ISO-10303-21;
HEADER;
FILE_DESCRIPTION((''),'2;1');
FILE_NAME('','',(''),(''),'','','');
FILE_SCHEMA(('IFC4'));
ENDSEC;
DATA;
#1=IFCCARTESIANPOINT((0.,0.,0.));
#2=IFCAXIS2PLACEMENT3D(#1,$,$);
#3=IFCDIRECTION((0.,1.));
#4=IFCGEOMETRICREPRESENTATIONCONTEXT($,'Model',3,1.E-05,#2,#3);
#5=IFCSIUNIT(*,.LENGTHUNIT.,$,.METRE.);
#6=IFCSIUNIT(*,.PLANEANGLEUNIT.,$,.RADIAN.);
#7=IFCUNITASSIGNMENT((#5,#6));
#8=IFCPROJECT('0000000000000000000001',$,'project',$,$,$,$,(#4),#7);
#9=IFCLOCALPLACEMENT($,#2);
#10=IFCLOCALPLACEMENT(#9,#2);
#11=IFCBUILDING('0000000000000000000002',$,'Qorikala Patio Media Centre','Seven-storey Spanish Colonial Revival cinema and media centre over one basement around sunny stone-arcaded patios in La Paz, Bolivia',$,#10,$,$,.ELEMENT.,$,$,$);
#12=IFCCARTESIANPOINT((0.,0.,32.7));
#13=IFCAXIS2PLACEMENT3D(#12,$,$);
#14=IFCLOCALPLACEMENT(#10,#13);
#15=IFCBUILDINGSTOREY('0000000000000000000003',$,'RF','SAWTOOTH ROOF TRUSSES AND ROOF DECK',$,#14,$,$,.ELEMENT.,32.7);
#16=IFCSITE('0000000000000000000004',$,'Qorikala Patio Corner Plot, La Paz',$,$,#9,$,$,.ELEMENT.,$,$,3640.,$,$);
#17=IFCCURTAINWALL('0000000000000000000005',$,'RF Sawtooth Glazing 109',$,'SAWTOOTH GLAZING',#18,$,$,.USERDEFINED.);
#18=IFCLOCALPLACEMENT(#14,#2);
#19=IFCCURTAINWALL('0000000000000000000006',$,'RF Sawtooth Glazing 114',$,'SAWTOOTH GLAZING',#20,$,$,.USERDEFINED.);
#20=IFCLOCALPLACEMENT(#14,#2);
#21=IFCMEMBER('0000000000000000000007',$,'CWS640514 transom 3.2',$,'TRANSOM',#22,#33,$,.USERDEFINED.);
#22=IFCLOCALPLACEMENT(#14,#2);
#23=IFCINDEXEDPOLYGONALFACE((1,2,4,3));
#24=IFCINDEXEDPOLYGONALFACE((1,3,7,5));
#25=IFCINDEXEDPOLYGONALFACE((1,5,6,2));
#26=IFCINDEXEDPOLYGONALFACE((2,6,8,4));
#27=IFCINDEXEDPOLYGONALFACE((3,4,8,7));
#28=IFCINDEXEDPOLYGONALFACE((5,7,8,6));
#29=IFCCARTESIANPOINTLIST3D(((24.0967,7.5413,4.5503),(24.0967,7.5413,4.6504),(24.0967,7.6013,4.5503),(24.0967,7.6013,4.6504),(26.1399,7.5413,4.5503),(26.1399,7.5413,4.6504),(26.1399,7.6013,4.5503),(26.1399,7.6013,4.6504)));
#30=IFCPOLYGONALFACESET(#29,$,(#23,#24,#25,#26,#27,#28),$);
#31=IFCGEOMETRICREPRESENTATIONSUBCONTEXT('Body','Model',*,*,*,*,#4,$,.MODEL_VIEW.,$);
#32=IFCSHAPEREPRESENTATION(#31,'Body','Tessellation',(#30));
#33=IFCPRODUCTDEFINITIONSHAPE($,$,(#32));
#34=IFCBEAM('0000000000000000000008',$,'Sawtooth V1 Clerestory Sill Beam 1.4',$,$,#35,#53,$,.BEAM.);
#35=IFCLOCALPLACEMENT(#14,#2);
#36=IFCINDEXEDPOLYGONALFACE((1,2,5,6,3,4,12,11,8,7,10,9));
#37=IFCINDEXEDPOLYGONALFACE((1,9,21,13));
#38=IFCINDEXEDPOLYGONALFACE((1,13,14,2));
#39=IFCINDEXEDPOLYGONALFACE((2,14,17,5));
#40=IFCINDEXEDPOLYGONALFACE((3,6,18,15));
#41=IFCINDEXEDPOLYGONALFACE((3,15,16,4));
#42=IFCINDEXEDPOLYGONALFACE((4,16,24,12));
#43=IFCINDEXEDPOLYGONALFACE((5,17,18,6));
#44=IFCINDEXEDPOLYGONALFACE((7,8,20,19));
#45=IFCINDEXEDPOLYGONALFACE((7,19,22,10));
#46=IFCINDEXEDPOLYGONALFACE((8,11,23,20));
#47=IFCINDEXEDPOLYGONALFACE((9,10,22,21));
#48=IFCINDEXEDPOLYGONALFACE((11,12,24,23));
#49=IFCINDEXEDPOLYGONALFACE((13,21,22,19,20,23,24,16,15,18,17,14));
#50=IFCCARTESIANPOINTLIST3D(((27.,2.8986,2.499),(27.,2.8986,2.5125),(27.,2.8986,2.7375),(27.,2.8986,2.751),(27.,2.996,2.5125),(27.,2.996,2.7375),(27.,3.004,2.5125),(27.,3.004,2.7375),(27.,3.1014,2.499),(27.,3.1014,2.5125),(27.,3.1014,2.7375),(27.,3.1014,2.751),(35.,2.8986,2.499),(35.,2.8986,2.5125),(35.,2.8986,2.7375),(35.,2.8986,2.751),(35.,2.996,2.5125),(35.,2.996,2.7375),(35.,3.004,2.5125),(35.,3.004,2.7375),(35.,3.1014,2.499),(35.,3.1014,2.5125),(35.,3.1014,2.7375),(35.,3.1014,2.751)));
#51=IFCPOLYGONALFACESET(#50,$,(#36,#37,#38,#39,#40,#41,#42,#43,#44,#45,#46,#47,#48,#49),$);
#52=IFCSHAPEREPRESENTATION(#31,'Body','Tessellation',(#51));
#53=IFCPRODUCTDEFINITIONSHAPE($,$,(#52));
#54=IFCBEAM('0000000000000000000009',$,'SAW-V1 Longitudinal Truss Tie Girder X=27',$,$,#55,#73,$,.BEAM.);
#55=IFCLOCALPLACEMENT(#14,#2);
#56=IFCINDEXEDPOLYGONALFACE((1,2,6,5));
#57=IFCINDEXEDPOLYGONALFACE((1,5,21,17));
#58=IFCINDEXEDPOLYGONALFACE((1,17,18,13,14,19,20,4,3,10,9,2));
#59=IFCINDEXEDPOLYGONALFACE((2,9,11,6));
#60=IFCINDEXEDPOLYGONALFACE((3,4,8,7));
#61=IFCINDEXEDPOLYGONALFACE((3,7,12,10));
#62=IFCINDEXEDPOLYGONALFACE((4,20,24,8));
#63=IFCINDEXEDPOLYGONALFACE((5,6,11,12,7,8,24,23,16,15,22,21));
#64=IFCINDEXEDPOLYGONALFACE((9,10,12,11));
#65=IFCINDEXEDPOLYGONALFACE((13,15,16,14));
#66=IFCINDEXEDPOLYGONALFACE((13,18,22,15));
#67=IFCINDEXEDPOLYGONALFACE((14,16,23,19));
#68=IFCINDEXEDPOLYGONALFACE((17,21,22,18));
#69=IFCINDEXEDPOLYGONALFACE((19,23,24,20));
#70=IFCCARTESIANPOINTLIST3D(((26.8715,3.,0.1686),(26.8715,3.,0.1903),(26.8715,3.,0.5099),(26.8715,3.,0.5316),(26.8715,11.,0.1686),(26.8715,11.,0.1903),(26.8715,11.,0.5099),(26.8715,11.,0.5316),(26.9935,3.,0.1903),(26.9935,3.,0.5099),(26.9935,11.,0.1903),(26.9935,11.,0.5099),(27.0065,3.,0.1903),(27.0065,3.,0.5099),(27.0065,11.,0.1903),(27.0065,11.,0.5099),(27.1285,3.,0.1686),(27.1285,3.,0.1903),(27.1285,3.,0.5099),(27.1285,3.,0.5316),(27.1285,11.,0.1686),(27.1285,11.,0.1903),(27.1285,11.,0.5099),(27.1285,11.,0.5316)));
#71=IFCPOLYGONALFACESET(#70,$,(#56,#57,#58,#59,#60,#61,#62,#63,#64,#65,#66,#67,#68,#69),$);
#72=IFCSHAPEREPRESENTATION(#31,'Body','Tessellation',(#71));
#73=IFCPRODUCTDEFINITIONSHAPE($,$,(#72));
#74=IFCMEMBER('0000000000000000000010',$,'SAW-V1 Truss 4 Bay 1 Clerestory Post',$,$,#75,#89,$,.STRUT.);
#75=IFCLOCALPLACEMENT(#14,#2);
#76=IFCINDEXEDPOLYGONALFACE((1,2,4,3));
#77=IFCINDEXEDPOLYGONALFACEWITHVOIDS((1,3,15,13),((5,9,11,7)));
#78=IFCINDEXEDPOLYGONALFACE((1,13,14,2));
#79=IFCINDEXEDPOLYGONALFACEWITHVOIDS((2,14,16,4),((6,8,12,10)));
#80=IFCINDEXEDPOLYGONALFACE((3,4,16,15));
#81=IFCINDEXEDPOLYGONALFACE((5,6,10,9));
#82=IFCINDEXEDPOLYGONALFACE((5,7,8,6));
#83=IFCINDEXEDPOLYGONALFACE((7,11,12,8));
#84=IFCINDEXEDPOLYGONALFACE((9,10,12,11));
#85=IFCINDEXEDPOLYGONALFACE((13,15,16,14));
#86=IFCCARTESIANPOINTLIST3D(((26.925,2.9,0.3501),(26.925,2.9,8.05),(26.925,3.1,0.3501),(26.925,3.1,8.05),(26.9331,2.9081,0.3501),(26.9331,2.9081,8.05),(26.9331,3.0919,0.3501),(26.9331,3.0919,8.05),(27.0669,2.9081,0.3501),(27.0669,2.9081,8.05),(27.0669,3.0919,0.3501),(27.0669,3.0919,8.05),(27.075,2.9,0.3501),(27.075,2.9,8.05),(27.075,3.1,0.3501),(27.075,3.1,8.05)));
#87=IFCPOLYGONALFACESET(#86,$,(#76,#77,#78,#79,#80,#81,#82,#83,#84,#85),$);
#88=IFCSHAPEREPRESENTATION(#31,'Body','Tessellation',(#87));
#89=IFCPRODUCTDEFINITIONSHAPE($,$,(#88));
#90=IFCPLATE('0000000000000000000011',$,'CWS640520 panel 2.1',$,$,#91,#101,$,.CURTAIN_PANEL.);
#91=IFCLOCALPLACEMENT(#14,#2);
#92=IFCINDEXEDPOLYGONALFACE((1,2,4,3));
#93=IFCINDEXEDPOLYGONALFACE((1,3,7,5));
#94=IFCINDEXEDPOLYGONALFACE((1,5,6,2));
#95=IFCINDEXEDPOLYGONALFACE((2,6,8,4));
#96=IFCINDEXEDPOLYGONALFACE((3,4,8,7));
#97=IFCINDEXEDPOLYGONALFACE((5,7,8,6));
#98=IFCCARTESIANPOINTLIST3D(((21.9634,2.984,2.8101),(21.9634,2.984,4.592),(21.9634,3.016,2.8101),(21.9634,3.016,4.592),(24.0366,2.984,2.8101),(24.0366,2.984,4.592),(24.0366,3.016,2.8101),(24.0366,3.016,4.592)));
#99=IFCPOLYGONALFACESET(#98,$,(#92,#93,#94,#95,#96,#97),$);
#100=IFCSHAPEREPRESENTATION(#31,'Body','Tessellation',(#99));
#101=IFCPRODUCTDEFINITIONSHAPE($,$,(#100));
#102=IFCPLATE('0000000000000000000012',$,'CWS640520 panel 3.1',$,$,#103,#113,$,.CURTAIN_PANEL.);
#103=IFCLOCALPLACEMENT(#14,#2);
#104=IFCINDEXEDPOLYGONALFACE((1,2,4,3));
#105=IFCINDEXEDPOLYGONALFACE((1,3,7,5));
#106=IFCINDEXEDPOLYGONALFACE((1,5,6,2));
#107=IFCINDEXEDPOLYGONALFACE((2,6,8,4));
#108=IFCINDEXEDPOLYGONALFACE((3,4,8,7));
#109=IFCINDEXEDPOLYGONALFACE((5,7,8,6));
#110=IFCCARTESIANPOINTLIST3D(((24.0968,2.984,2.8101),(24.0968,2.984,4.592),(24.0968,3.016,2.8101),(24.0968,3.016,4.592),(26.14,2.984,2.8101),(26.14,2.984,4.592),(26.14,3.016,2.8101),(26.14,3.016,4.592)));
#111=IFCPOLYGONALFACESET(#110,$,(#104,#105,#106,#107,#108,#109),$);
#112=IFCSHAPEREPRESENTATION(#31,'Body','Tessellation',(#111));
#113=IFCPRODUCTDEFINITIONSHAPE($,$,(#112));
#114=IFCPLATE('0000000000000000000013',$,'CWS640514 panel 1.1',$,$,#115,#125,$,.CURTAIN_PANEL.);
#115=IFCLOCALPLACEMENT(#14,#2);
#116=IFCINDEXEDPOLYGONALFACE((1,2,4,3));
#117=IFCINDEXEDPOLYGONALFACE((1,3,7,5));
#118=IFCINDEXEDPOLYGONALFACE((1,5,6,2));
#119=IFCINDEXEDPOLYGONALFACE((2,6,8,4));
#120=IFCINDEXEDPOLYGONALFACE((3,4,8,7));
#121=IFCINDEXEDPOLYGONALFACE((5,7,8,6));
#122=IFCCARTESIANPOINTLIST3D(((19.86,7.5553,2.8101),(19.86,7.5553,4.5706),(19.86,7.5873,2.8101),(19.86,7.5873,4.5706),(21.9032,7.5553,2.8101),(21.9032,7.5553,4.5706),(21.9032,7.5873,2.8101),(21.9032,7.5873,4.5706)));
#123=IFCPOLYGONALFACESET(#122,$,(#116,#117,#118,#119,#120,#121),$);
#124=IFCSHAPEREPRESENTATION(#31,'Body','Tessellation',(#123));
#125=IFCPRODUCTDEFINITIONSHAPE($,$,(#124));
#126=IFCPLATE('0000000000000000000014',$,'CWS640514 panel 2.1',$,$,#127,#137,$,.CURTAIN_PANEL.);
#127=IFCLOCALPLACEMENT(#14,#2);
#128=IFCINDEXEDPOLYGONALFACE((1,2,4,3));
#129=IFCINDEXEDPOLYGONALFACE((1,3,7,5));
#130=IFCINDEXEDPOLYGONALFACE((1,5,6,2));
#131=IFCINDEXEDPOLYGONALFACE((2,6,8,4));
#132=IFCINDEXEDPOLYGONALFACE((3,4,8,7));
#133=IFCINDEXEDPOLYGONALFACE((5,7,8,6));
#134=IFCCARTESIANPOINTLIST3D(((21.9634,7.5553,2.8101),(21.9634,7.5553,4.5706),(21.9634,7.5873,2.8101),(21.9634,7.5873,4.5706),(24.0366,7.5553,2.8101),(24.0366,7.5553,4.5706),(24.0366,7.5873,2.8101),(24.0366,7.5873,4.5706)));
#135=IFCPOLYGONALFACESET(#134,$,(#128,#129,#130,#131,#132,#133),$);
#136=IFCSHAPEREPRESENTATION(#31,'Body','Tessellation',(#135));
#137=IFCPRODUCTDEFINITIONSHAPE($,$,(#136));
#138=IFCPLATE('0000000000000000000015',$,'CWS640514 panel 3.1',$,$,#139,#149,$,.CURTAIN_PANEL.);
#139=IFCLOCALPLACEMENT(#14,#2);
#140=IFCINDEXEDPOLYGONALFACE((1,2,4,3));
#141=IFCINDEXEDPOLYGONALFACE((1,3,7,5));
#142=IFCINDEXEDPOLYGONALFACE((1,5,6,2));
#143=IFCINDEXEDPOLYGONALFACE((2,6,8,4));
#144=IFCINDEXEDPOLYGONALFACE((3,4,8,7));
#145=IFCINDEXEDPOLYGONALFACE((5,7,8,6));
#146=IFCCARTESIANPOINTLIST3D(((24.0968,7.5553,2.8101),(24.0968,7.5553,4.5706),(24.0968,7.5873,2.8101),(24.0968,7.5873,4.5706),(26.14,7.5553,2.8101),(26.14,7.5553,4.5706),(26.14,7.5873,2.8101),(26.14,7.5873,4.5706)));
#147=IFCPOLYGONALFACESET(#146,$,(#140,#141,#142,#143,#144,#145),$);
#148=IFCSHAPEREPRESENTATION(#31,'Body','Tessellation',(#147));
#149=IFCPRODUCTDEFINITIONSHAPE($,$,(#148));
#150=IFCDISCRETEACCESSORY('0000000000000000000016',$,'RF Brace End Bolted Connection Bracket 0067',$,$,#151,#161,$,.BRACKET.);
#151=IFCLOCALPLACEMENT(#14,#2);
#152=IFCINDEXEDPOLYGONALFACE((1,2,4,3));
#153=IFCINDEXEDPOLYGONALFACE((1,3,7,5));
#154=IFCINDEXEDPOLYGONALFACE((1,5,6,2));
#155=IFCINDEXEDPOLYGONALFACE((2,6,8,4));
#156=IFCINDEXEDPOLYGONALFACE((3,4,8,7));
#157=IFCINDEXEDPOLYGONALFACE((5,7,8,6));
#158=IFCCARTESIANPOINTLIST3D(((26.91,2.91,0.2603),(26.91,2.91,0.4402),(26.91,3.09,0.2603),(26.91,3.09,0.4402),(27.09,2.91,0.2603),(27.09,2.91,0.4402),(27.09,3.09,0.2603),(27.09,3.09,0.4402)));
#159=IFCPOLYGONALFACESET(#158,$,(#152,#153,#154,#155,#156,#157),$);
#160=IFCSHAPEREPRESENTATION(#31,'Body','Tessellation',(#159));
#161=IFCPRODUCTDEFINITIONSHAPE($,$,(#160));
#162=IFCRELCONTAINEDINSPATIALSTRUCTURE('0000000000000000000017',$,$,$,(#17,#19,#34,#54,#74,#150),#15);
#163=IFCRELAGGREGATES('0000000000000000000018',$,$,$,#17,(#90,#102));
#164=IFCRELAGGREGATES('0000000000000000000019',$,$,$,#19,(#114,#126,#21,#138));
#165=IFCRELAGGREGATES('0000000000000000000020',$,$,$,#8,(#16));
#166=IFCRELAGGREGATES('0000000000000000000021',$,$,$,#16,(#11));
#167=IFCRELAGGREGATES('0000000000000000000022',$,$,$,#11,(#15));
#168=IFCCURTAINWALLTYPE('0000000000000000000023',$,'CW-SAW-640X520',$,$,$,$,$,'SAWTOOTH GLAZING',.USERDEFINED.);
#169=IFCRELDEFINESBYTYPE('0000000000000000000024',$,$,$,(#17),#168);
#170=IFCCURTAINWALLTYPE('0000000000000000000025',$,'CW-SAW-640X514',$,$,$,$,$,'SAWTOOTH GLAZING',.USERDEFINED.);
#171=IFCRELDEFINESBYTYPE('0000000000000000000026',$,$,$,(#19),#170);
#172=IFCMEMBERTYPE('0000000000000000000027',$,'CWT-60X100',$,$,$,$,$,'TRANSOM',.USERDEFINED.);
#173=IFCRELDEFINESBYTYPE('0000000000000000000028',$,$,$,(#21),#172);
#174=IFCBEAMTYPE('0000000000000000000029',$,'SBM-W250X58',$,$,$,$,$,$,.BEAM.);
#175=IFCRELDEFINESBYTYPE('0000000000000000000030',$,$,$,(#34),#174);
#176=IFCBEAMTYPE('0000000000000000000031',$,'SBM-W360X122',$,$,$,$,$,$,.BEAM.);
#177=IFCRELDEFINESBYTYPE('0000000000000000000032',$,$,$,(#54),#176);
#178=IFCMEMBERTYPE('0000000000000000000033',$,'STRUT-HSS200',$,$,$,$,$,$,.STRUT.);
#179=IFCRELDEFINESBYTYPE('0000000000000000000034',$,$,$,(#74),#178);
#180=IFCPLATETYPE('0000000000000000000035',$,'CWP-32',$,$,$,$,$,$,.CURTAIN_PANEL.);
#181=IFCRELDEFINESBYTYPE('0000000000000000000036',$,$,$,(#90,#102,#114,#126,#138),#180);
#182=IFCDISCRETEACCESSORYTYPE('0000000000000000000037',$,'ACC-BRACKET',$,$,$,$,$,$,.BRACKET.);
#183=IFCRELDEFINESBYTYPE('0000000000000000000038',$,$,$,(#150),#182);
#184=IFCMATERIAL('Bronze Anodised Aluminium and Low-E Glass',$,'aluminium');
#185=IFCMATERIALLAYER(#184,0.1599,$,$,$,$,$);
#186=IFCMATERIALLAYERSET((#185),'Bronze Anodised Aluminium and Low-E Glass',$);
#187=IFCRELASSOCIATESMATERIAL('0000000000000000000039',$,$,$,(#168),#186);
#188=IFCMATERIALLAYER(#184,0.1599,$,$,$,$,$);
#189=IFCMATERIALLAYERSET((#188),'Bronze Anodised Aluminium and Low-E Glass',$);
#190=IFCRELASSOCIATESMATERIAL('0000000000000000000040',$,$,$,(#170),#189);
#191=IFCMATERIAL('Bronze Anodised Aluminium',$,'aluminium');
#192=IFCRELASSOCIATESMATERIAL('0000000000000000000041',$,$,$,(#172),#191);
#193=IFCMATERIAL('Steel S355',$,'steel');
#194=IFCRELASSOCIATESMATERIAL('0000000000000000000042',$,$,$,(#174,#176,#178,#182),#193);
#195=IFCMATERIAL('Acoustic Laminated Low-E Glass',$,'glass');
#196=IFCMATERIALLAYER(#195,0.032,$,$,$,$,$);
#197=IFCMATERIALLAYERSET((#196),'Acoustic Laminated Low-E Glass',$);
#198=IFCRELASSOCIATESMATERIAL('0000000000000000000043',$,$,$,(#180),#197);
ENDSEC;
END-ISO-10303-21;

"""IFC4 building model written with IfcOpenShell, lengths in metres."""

from ifc_helpers import new_model, si_unit, direction, frame, origin, origin_2d, place, context, subcontext, project, spatial, rectangle, hollow_rectangle, i_section, extrude, material, layer, layer_set, material_profile, profile_set, type_object, element, aggregate, save


model = new_model("IFC4")

# Units and contexts
model_context = context("Model", 3, precision=1e-05, world=origin(), true_north=direction((0.0, 1.0)))
body_context = subcontext(model_context, "Body", "Model", "MODEL_VIEW")
ifc_project = project(units=[si_unit("LENGTHUNIT", "METRE"), si_unit("PLANEANGLEUNIT", "RADIAN")], contexts=[model_context])

# Site, building, storey
site_placement = place(None, origin())
site = spatial("IfcSite", under=ifc_project, at=site_placement, Name="Qorikala Patio Corner Plot, La Paz", CompositionType="ELEMENT", RefElevation=3640.0)
building_placement = place(site_placement, origin())
building = spatial("IfcBuilding", under=site, at=building_placement, Name="Qorikala Patio Media Centre", Description="Seven-storey Spanish Colonial Revival cinema and media centre over one basement around sunny stone-arcaded patios in La Paz, Bolivia", CompositionType="ELEMENT")
storey_placement = place(building_placement, frame((0.0, 0.0, 32.7)))
storey = spatial("IfcBuildingStorey", under=building, at=storey_placement, Name="RF", Description="SAWTOOTH ROOF TRUSSES AND ROOF DECK", CompositionType="ELEMENT", Elevation=32.7)

# Shared definitions
ifc_material_1 = material(Name="Steel S355", Category="steel")

# Curtain walls
ifc_material_2 = material(Name="Bronze Anodised Aluminium and Low-E Glass", Category="aluminium")
ifc_layer_1 = layer(ifc_material_2, 0.1599)
ifc_layer_set_1 = layer_set([ifc_layer_1], Name="Bronze Anodised Aluminium and Low-E Glass")
curtain_wall_type_1 = type_object("IfcCurtainWallType", Name="CW-SAW-640X520", ElementType="SAWTOOTH GLAZING", PredefinedType="USERDEFINED", material=ifc_layer_set_1)
curtain_wall_1_placement = place(storey_placement, origin())
curtain_wall_1 = element("IfcCurtainWall", 1, at=curtain_wall_1_placement, inside=storey, type_object=curtain_wall_type_1, Name="RF Sawtooth Glazing 109", ObjectType="SAWTOOTH GLAZING", PredefinedType="USERDEFINED")
ifc_material_3 = material(Name="Bronze Anodised Aluminium", Category="aluminium")
ifc_layer_2 = layer(ifc_material_2, 0.1599)
ifc_layer_set_2 = layer_set([ifc_layer_2], Name="Bronze Anodised Aluminium and Low-E Glass")
curtain_wall_type_2 = type_object("IfcCurtainWallType", Name="CW-SAW-640X514", ElementType="SAWTOOTH GLAZING", PredefinedType="USERDEFINED", material=ifc_layer_set_2)
curtain_wall_2_placement = place(storey_placement, origin())
curtain_wall_2 = element("IfcCurtainWall", 2, at=curtain_wall_2_placement, inside=storey, type_object=curtain_wall_type_2, Name="RF Sawtooth Glazing 114", ObjectType="SAWTOOTH GLAZING", PredefinedType="USERDEFINED")

# Member
ifc_material_profile_1 = material_profile(ifc_material_3, rectangle(XDim=0.0601, YDim=0.1001, at=origin_2d()), Name="ALU TRANSOM 60x100")
ifc_profile_set_1 = profile_set([ifc_material_profile_1], Name="Bronze Anodised Aluminium")
member_type_1 = type_object("IfcMemberType", Name="CWT-60X100", ElementType="TRANSOM", PredefinedType="USERDEFINED", material=ifc_profile_set_1)
member_1_placement = place(storey_placement, frame((24.0967, 7.5713, 4.6003), z_axis=(1.0, 0.0, 0.0), x_axis=(0.0, 1.0, 0.0)))
member_1 = element("IfcMember", 3, at=member_1_placement, type_object=member_type_1, Name="CWS640514 transom 3.2", ObjectType="TRANSOM", PredefinedType="USERDEFINED", context=body_context, shape_type="SweptSolid", body=[
    extrude(rectangle(XDim=0.0601, YDim=0.1001, at=origin_2d()), origin(), (0.0, 0.0, 1.0), 2.0432),
])

# Beams
ifc_material_profile_2 = material_profile(ifc_material_1, i_section(OverallWidth=0.2029, OverallDepth=0.252, WebThickness=0.0081, FlangeThickness=0.0134, at=origin_2d()), Name="W250X58")
ifc_profile_set_2 = profile_set([ifc_material_profile_2], Name="Steel S355")
beam_type_1 = type_object("IfcBeamType", Name="SBM-W250X58", PredefinedType="BEAM", material=ifc_profile_set_2)
beam_1_placement = place(storey_placement, frame((27.0, 3.0, 2.625), z_axis=(1.0, 0.0, 0.0), x_axis=(0.0, 1.0, 0.0)))
element("IfcBeam", 4, at=beam_1_placement, inside=storey, type_object=beam_type_1, Name="Sawtooth V1 Clerestory Sill Beam 1.4", PredefinedType="BEAM", context=body_context, shape_type="SweptSolid", body=[
    extrude(i_section(OverallWidth=0.2029, OverallDepth=0.252, WebThickness=0.0081, FlangeThickness=0.0134, at=origin_2d()), origin(), (0.0, 0.0, 1.0), 8.0),
])
ifc_material_profile_3 = material_profile(ifc_material_1, i_section(OverallWidth=0.2571, OverallDepth=0.363, WebThickness=0.0129, FlangeThickness=0.0217, at=origin_2d()), Name="W360X122")
ifc_profile_set_3 = profile_set([ifc_material_profile_3], Name="Steel S355")
beam_type_2 = type_object("IfcBeamType", Name="SBM-W360X122", PredefinedType="BEAM", material=ifc_profile_set_3)
beam_2_placement = place(storey_placement, frame((27.0, 3.0, 0.3501), z_axis=(0.0, 1.0, 0.0), x_axis=(-1.0, 0.0, 0.0)))
element("IfcBeam", 5, at=beam_2_placement, inside=storey, type_object=beam_type_2, Name="SAW-V1 Longitudinal Truss Tie Girder X=27", PredefinedType="BEAM", context=body_context, shape_type="SweptSolid", body=[
    extrude(i_section(OverallWidth=0.2571, OverallDepth=0.363, WebThickness=0.0129, FlangeThickness=0.0217, at=origin_2d()), origin(), (0.0, 0.0, 1.0), 8.0),
])

# Member
ifc_material_profile_4 = material_profile(ifc_material_1, hollow_rectangle(XDim=0.1499, YDim=0.2, WallThickness=0.0081, at=origin_2d()), Name="HSS200X150X8")
ifc_profile_set_4 = profile_set([ifc_material_profile_4], Name="Steel S355")
member_type_2 = type_object("IfcMemberType", Name="STRUT-HSS200", PredefinedType="STRUT", material=ifc_profile_set_4)
member_2_placement = place(storey_placement, frame((27.0, 3.0, 0.3501), z_axis=(0.0, 0.0, 1.0), x_axis=(1.0, 0.0, 0.0)))
element("IfcMember", 6, at=member_2_placement, inside=storey, type_object=member_type_2, Name="SAW-V1 Truss 4 Bay 1 Clerestory Post", PredefinedType="STRUT", context=body_context, shape_type="SweptSolid", body=[
    extrude(hollow_rectangle(XDim=0.1499, YDim=0.2, WallThickness=0.0081, at=origin_2d()), origin(), (0.0, 0.0, 1.0), 7.7),
])

# Plates
ifc_material_4 = material(Name="Acoustic Laminated Low-E Glass", Category="glass")
ifc_layer_3 = layer(ifc_material_4, 0.032)
ifc_layer_set_3 = layer_set([ifc_layer_3], Name="Acoustic Laminated Low-E Glass")
plate_type = type_object("IfcPlateType", Name="CWP-32", PredefinedType="CURTAIN_PANEL", material=ifc_layer_set_3)
plate_1_placement = place(storey_placement, frame((23.0, 3.0, 2.8101), z_axis=(0.0, 0.0, 1.0), x_axis=(1.0, 0.0, 0.0)))
plate_1 = element("IfcPlate", 7, at=plate_1_placement, type_object=plate_type, Name="CWS640520 panel 2.1", PredefinedType="CURTAIN_PANEL", context=body_context, shape_type="SweptSolid", body=[
    extrude(rectangle(XDim=2.0732, YDim=0.032, at=origin_2d()), origin(), (0.0, 0.0, 1.0), 1.782),
])
plate_2_placement = place(storey_placement, frame((25.1184, 3.0, 2.8101), z_axis=(0.0, 0.0, 1.0), x_axis=(1.0, 0.0, 0.0)))
plate_2 = element("IfcPlate", 8, at=plate_2_placement, type_object=plate_type, Name="CWS640520 panel 3.1", PredefinedType="CURTAIN_PANEL", context=body_context, shape_type="SweptSolid", body=[
    extrude(rectangle(XDim=2.0432, YDim=0.032, at=origin_2d()), origin(), (0.0, 0.0, 1.0), 1.782),
])
aggregate(curtain_wall_1, [plate_1, plate_2])
plate_3_placement = place(storey_placement, frame((20.8816, 7.5713, 2.8101), z_axis=(0.0, 0.0, 1.0), x_axis=(1.0, 0.0, 0.0)))
plate_3 = element("IfcPlate", 9, at=plate_3_placement, type_object=plate_type, Name="CWS640514 panel 1.1", PredefinedType="CURTAIN_PANEL", context=body_context, shape_type="SweptSolid", body=[
    extrude(rectangle(XDim=2.0432, YDim=0.032, at=origin_2d()), origin(), (0.0, 0.0, 1.0), 1.7605),
])
plate_4_placement = place(storey_placement, frame((23.0, 7.5713, 2.8101), z_axis=(0.0, 0.0, 1.0), x_axis=(1.0, 0.0, 0.0)))
plate_4 = element("IfcPlate", 10, at=plate_4_placement, type_object=plate_type, Name="CWS640514 panel 2.1", PredefinedType="CURTAIN_PANEL", context=body_context, shape_type="SweptSolid", body=[
    extrude(rectangle(XDim=2.0732, YDim=0.032, at=origin_2d()), origin(), (0.0, 0.0, 1.0), 1.7605),
])
plate_5_placement = place(storey_placement, frame((25.1184, 7.5713, 2.8101), z_axis=(0.0, 0.0, 1.0), x_axis=(1.0, 0.0, 0.0)))
plate_5 = element("IfcPlate", 11, at=plate_5_placement, type_object=plate_type, Name="CWS640514 panel 3.1", PredefinedType="CURTAIN_PANEL", context=body_context, shape_type="SweptSolid", body=[
    extrude(rectangle(XDim=2.0432, YDim=0.032, at=origin_2d()), origin(), (0.0, 0.0, 1.0), 1.7605),
])
aggregate(curtain_wall_2, [plate_3, plate_4, member_1, plate_5])

# Discrete accessory
discrete_accessory_type = type_object("IfcDiscreteAccessoryType", Name="ACC-BRACKET", PredefinedType="BRACKET", material=ifc_material_1)
discrete_accessory_placement = place(storey_placement, frame((27.0, 3.0, 0.2603), z_axis=(0.0, 0.0, 1.0), x_axis=(1.0, 0.0, 0.0)))
element("IfcDiscreteAccessory", 12, at=discrete_accessory_placement, inside=storey, type_object=discrete_accessory_type, Name="RF Brace End Bolted Connection Bracket 0067", PredefinedType="BRACKET", context=body_context, shape_type="SweptSolid", body=[
    extrude(rectangle(XDim=0.1799, YDim=0.1799, at=origin_2d()), origin(), (0.0, 0.0, 1.0), 0.1799),
])

save(model, "model.ifc")
